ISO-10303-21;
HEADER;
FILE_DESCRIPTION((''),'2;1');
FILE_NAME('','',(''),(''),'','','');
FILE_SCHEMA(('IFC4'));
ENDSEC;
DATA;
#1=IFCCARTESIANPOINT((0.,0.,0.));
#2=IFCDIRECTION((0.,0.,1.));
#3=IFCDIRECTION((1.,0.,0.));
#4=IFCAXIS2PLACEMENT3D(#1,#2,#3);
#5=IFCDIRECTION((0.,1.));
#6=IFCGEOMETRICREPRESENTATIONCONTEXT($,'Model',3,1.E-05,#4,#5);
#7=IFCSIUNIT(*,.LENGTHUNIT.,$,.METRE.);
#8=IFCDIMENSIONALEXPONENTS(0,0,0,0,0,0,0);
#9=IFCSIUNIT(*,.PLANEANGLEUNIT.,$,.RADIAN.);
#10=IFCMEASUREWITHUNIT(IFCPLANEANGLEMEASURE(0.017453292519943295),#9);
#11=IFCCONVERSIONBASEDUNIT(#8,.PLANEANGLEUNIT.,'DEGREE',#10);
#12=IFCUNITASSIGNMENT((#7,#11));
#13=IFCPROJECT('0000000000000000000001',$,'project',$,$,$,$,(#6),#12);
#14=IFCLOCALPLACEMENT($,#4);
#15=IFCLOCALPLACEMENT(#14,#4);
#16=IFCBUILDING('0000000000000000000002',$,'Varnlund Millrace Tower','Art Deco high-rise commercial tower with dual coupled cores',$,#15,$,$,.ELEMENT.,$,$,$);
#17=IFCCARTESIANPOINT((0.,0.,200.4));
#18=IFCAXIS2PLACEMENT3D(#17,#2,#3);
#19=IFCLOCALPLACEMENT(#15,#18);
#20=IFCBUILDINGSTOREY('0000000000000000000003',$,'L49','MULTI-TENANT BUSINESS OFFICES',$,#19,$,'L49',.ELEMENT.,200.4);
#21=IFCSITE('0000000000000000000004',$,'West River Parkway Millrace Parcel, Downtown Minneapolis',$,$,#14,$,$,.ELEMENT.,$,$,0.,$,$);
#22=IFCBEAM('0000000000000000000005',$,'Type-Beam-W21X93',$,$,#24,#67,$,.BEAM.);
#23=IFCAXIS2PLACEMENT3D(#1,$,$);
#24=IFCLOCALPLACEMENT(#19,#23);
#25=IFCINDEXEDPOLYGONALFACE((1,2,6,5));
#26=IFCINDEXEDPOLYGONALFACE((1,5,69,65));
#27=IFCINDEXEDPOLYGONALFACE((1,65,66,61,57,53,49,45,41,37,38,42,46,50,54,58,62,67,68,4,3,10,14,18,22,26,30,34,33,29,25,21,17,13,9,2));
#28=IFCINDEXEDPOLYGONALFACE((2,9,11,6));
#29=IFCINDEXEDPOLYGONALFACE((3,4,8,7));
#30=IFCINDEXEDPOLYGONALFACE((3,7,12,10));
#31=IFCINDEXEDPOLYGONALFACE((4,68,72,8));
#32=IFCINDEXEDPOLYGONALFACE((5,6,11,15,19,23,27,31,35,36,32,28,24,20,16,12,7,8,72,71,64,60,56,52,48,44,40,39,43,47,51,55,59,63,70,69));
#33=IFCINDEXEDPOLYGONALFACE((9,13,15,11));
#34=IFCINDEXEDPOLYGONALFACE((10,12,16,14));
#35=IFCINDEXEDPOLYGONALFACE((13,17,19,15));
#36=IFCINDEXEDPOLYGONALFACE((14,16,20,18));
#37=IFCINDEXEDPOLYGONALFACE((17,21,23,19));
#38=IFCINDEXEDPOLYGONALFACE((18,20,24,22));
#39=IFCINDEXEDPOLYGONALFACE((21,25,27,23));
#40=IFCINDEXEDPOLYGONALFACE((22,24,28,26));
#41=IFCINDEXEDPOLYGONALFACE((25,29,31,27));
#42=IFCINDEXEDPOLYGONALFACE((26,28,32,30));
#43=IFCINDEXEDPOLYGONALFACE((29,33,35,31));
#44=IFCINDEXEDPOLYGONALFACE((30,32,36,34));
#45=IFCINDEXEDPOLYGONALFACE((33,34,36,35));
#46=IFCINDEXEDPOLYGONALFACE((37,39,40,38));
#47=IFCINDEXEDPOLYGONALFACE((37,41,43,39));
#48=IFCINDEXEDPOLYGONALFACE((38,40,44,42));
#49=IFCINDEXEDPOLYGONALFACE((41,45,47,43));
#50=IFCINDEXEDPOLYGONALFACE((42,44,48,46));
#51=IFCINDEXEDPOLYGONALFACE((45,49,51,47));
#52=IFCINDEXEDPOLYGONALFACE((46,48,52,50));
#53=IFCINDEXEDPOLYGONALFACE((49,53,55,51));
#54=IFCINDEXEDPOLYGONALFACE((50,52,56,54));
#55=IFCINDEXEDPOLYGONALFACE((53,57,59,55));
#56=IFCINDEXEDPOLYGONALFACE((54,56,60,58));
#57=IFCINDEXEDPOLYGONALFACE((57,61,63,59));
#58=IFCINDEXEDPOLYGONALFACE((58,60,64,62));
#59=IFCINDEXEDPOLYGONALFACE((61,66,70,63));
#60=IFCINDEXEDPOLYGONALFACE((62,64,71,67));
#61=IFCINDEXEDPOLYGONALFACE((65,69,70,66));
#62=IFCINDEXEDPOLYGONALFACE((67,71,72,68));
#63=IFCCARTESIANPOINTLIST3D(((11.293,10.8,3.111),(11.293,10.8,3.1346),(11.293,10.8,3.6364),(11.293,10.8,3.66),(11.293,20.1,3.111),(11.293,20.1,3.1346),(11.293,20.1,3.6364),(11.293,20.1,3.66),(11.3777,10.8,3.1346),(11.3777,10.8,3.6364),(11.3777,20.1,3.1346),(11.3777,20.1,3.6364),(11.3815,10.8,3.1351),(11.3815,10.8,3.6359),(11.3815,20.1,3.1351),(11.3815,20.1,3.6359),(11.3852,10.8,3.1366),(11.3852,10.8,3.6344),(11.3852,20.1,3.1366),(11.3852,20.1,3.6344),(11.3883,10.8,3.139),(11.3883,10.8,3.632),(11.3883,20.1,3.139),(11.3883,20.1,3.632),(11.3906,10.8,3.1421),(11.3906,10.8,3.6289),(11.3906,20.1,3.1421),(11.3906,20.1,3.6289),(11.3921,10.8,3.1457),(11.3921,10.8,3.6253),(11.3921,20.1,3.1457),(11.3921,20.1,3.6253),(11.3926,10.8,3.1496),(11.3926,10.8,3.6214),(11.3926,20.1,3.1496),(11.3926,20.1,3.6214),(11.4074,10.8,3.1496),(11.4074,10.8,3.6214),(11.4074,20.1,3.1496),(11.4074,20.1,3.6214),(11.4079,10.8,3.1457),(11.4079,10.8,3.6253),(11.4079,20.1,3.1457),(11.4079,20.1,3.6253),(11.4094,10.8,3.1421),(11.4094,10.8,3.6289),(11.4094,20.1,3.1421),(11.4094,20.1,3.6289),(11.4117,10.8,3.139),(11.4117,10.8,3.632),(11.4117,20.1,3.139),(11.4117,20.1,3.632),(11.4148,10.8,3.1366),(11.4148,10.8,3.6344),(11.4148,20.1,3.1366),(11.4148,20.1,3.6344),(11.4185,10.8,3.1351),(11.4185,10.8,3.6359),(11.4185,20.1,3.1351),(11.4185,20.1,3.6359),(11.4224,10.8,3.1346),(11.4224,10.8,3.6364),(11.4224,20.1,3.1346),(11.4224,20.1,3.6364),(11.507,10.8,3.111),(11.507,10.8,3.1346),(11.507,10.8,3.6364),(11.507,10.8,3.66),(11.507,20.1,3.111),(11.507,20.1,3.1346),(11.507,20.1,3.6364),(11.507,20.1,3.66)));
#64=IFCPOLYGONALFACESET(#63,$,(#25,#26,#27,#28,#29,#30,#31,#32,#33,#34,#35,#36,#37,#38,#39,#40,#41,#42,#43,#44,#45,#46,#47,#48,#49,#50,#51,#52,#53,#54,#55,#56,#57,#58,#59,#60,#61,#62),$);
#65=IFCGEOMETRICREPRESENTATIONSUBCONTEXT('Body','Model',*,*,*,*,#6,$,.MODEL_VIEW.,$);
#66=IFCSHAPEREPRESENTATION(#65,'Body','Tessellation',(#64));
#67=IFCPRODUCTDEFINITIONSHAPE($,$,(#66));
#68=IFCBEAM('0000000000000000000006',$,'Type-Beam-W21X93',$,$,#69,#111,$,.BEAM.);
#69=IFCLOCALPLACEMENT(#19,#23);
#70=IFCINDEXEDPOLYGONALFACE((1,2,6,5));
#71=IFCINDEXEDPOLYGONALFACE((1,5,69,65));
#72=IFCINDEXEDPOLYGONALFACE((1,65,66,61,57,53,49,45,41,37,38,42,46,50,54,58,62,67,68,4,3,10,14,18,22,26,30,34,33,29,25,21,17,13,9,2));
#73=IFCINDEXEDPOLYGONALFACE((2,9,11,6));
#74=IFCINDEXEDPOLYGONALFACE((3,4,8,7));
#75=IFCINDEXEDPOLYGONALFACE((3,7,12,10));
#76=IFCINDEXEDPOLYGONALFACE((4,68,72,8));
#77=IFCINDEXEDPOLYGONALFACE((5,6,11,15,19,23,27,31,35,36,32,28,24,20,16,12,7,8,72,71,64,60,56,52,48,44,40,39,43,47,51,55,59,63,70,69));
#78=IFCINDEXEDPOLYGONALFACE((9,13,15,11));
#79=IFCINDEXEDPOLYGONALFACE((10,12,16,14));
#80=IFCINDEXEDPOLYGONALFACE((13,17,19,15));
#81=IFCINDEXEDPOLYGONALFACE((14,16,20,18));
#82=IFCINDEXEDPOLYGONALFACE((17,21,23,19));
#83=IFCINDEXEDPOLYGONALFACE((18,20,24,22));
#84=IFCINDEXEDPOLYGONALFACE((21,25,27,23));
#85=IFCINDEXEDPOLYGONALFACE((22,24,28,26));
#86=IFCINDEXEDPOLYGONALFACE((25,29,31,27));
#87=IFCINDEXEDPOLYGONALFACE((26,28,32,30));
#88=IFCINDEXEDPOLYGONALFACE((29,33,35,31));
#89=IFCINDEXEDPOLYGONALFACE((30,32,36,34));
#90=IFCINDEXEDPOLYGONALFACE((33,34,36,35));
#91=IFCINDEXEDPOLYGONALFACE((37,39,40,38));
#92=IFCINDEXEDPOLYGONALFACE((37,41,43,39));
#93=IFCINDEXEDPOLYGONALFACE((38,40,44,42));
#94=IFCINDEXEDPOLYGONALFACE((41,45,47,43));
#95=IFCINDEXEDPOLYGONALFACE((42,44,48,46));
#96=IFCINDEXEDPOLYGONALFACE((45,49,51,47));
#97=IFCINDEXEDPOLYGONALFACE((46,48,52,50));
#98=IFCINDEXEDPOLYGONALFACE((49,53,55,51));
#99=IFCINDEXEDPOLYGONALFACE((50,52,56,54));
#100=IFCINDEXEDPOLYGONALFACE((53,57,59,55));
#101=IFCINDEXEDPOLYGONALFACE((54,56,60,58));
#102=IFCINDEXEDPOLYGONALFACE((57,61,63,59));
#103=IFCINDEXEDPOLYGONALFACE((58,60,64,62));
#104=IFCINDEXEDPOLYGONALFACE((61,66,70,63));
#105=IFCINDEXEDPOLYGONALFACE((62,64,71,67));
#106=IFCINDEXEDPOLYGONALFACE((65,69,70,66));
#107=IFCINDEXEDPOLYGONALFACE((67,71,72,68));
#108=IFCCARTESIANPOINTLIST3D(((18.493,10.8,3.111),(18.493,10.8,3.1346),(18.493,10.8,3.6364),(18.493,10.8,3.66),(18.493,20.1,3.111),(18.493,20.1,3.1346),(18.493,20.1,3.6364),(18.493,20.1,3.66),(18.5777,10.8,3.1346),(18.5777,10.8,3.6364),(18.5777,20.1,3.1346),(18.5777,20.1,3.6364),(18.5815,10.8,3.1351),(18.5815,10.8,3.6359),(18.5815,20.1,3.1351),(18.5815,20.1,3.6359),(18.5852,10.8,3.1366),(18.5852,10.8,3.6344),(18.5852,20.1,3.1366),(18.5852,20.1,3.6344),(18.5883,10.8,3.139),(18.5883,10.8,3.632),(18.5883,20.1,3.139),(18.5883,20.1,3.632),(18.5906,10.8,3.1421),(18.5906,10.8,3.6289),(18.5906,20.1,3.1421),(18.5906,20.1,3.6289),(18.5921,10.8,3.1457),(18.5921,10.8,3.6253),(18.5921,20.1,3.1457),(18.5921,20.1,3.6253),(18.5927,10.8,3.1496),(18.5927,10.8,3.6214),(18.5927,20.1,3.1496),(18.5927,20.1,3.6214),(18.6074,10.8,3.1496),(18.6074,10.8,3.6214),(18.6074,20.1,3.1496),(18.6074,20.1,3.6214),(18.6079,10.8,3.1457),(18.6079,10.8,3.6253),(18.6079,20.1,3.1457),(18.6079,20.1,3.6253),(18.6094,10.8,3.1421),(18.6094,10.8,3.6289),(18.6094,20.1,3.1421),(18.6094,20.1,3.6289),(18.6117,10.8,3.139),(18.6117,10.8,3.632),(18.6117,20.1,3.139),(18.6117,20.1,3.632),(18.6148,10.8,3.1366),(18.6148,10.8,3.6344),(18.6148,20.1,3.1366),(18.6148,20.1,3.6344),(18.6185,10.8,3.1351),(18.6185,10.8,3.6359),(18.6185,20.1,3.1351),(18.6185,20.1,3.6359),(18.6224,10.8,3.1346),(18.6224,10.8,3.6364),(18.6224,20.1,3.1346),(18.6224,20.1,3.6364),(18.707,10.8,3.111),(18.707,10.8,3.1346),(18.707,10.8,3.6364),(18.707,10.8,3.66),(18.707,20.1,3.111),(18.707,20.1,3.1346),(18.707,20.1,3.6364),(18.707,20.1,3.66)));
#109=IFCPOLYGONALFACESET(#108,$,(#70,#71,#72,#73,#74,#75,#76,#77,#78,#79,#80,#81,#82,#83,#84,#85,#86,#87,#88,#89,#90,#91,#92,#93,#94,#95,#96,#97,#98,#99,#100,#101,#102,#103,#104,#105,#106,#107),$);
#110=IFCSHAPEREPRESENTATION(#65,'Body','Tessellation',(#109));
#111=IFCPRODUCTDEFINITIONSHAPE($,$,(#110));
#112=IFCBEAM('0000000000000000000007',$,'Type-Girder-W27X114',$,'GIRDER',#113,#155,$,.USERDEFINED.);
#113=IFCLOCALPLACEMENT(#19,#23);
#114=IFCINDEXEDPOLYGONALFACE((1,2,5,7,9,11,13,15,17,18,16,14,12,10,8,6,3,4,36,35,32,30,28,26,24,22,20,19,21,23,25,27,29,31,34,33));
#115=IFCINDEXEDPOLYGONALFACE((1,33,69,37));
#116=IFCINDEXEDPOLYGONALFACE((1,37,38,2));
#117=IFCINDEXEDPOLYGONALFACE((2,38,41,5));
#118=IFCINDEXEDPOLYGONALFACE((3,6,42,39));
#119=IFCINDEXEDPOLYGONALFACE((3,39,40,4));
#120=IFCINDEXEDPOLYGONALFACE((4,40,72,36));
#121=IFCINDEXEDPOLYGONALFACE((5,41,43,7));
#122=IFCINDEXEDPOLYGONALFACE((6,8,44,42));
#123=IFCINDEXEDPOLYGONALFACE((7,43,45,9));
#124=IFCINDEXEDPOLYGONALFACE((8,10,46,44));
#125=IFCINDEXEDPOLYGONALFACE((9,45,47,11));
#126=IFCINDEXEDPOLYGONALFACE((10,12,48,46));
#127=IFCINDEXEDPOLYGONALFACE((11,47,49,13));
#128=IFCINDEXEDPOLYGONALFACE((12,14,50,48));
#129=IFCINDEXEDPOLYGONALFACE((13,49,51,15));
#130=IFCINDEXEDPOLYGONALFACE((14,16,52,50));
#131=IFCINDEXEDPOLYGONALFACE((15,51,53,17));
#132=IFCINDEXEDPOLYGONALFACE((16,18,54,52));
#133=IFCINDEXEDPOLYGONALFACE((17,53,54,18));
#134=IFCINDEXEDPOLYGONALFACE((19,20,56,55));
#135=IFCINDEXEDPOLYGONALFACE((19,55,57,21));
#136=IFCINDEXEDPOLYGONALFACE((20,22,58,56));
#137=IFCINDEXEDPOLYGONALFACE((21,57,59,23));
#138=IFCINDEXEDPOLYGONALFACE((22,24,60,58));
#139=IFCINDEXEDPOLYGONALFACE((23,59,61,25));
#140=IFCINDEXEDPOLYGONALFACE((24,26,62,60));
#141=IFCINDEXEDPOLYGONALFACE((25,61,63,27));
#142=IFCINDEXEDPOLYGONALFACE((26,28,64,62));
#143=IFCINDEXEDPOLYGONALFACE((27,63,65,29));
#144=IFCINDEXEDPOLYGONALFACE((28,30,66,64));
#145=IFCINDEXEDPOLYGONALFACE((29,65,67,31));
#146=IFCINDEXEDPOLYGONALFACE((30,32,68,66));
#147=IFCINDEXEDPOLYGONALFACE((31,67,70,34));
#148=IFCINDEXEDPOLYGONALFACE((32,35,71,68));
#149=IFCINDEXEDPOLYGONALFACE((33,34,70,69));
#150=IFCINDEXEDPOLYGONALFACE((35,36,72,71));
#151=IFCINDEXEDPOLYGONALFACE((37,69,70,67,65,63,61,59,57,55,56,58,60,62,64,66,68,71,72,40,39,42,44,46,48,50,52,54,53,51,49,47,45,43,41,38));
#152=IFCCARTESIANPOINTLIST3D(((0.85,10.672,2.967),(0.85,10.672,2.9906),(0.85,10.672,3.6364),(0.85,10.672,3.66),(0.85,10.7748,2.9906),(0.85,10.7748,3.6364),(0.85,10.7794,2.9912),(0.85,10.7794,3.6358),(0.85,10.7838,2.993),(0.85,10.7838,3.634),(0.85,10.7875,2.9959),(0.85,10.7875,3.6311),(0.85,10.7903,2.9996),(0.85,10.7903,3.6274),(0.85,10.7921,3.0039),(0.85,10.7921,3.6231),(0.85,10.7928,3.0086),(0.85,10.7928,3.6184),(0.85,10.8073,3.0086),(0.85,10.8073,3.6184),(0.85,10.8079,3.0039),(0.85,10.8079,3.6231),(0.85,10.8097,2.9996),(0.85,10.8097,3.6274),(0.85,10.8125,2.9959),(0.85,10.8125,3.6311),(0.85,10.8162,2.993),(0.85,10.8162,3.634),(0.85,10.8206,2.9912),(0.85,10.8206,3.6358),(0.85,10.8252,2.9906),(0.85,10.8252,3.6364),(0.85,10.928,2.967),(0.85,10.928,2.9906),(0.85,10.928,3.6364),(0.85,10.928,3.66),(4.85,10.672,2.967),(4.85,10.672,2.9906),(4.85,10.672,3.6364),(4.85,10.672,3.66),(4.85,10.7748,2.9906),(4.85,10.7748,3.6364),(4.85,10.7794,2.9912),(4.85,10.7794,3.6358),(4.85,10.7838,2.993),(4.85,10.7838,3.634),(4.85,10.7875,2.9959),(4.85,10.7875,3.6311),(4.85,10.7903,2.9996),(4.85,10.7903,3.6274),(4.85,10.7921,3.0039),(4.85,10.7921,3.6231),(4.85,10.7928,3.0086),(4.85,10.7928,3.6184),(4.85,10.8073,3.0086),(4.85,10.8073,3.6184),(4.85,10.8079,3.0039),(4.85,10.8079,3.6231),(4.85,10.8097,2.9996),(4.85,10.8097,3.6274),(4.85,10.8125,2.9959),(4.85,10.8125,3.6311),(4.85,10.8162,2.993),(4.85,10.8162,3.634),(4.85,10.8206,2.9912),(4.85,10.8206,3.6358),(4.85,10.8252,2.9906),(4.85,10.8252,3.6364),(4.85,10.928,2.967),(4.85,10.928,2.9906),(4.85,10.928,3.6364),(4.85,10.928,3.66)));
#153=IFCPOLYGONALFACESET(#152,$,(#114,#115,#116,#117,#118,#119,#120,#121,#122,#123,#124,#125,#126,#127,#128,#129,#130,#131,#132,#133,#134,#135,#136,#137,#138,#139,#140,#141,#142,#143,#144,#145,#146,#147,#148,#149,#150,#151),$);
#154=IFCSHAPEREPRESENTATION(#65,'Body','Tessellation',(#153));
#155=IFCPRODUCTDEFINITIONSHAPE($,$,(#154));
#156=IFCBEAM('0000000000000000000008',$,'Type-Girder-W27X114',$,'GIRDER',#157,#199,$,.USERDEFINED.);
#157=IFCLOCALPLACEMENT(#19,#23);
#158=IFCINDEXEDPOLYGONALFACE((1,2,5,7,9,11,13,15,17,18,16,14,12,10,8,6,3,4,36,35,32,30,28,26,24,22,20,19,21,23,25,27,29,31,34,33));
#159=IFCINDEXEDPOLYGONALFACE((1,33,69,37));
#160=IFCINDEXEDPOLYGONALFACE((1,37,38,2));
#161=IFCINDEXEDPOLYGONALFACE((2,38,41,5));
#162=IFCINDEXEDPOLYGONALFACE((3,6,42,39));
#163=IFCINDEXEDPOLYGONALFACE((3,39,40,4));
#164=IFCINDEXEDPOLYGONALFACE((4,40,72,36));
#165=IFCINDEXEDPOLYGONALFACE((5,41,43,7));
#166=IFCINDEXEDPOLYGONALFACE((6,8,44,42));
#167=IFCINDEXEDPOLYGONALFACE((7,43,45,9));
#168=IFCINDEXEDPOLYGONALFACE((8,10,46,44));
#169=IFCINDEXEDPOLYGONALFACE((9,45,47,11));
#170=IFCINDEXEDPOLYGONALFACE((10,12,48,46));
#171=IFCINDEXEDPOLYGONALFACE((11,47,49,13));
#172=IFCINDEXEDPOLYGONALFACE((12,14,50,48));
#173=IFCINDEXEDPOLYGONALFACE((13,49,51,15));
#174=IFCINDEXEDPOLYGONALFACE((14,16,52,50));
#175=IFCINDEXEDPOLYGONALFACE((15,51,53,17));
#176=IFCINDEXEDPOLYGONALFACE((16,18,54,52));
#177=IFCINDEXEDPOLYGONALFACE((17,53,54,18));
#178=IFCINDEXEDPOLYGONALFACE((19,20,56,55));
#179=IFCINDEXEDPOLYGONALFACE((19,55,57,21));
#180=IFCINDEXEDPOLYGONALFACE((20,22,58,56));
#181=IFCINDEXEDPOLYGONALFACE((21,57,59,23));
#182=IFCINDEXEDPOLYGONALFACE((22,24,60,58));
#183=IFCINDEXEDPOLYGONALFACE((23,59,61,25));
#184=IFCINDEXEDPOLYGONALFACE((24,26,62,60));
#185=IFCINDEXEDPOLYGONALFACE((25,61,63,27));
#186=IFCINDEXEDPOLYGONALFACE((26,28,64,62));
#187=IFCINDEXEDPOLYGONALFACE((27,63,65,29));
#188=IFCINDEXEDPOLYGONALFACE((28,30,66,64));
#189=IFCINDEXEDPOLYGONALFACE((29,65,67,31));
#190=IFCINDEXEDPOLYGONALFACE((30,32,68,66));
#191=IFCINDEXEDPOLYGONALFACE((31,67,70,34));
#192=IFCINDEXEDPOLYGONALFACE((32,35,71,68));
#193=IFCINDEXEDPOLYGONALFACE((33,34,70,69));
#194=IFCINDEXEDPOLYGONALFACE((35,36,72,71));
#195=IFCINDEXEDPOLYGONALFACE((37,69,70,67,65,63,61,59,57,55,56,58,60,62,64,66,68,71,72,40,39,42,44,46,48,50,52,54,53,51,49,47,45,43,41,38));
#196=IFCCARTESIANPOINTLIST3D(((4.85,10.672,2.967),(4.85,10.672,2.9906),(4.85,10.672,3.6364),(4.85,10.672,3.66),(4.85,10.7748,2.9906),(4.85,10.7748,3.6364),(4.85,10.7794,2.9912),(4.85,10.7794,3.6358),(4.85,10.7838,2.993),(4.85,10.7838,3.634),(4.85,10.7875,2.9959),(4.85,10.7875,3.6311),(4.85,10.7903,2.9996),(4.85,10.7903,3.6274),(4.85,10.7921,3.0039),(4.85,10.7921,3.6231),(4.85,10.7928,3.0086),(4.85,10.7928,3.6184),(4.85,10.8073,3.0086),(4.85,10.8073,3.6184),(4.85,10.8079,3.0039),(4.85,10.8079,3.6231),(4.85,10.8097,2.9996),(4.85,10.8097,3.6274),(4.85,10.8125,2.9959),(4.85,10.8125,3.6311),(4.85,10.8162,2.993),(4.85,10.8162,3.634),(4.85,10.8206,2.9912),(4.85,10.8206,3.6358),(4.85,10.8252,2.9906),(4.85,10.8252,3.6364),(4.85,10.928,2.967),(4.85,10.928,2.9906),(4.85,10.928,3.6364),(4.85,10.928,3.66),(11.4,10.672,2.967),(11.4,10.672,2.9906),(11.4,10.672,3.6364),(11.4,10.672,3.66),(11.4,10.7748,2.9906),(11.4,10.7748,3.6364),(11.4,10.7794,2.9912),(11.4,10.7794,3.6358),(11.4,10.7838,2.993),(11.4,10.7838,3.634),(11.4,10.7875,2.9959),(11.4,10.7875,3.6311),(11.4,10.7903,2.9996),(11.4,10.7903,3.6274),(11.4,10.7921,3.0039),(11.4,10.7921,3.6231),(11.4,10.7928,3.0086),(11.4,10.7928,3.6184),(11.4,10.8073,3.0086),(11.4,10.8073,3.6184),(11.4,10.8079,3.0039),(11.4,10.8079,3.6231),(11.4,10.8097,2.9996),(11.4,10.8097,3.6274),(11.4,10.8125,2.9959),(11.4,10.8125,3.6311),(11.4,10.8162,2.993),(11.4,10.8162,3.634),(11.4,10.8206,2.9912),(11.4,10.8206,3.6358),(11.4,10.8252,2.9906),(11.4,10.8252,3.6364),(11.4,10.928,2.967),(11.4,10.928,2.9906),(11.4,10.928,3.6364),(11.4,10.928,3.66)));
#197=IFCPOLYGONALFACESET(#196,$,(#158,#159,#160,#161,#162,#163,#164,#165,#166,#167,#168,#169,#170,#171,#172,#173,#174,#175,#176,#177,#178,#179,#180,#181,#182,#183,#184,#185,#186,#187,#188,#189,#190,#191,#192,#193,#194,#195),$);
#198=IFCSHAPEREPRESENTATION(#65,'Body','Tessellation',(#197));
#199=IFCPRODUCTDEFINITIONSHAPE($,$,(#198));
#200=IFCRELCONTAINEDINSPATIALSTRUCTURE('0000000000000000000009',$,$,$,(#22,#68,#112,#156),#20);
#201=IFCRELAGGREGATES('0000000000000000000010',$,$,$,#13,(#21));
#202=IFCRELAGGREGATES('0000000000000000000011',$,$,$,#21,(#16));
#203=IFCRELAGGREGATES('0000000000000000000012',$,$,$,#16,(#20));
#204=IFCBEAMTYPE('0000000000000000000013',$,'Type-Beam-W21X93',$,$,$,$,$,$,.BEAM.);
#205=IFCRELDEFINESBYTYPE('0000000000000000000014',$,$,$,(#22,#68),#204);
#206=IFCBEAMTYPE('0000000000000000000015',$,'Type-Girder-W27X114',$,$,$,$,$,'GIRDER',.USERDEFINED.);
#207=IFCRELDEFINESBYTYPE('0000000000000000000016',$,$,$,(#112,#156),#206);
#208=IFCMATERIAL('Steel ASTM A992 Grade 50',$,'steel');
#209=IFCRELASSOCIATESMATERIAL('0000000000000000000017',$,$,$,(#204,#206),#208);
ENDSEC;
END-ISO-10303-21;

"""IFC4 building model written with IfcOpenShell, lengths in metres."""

from ifc_helpers import new_model, entity, si_unit, converted_unit, direction, frame, origin_with_axes, origin_2d_with_axis, place, context, subcontext, project, spatial, i_section, extrude, material, material_profile, profile_set, type_object, element, save


model = new_model("IFC4")

# Units and contexts
model_context = context("Model", 3, precision=1e-05, world=origin_with_axes(), true_north=direction((0.0, 1.0)))
body_context = subcontext(model_context, "Body", "Model", "MODEL_VIEW")
ifc_project = project(units=[si_unit("LENGTHUNIT", "METRE"), converted_unit("PLANEANGLEUNIT", "DEGREE", entity("IfcPlaneAngleMeasure", 0.017453292519943295), si_unit("PLANEANGLEUNIT", "RADIAN"), dimensions=[0, 0, 0, 0, 0, 0, 0])], contexts=[model_context])

# Site, building, storey
site_placement = place(None, origin_with_axes())
site = spatial("IfcSite", under=ifc_project, at=site_placement, Name="West River Parkway Millrace Parcel, Downtown Minneapolis", CompositionType="ELEMENT", RefElevation=0.0)
building_placement = place(site_placement, origin_with_axes())
building = spatial("IfcBuilding", under=site, at=building_placement, Name="Varnlund Millrace Tower", Description="Art Deco high-rise commercial tower with dual coupled cores", CompositionType="ELEMENT")
storey_placement = place(building_placement, frame((0.0, 0.0, 200.4), z_axis=(0.0, 0.0, 1.0), x_axis=(1.0, 0.0, 0.0)))
storey = spatial("IfcBuildingStorey", under=building, at=storey_placement, Name="L49", Description="MULTI-TENANT BUSINESS OFFICES", LongName="L49", CompositionType="ELEMENT", Elevation=200.4)

# Beams
ifc_material_1 = material(Name="Steel ASTM A992 Grade 50", Category="steel")
ifc_material_profile_1 = material_profile(ifc_material_1, i_section(OverallWidth=0.214, OverallDepth=0.549, WebThickness=0.0147, FlangeThickness=0.0236, FilletRadius=0.015, at=origin_2d_with_axis()), Name="Steel ASTM A992 Grade 50")
ifc_profile_set_1 = profile_set([ifc_material_profile_1], Name="Steel ASTM A992 Grade 50")
beam_type_1 = type_object("IfcBeamType", Name="Type-Beam-W21X93", PredefinedType="BEAM", material=ifc_profile_set_1)
for number, where, z_axis, x_axis, name in (
    (1, (11.4, 10.8, 3.3855), (0.0, 1.0, 0.0), (-1.0, 0.0, 0.0), "Type-Beam-W21X93"),
    (2, (18.6, 10.8, 3.3855), (0.0, 1.0, 0.0), (-1.0, 0.0, 0.0), "Type-Beam-W21X93"),
):
    element("IfcBeam", number, at=place(storey_placement, frame(where, z_axis=z_axis, x_axis=x_axis)), inside=storey, type_object=beam_type_1, Name=name, PredefinedType="BEAM", context=body_context, shape_type="SweptSolid", body=[
        extrude(i_section(OverallWidth=0.214, OverallDepth=0.549, WebThickness=0.0147, FlangeThickness=0.0236, FilletRadius=0.015, at=origin_2d_with_axis()), origin_with_axes(), (0.0, 0.0, 1.0), 9.3),
    ])
ifc_material_profile_2 = material_profile(ifc_material_1, i_section(OverallWidth=0.256, OverallDepth=0.693, WebThickness=0.0145, FlangeThickness=0.0236, FilletRadius=0.018, at=origin_2d_with_axis()), Name="Steel ASTM A992 Grade 50")
ifc_profile_set_2 = profile_set([ifc_material_profile_2], Name="Steel ASTM A992 Grade 50")
beam_type_2 = type_object("IfcBeamType", Name="Type-Girder-W27X114", ElementType="GIRDER", PredefinedType="USERDEFINED", material=ifc_profile_set_2)
beam_1_placement = place(storey_placement, frame((0.85, 10.8, 3.3135), z_axis=(1.0, 0.0, 0.0), x_axis=(0.0, 1.0, 0.0)))
element("IfcBeam", 3, at=beam_1_placement, inside=storey, type_object=beam_type_2, Name="Type-Girder-W27X114", ObjectType="GIRDER", PredefinedType="USERDEFINED", context=body_context, shape_type="SweptSolid", body=[
    extrude(i_section(OverallWidth=0.256, OverallDepth=0.693, WebThickness=0.0145, FlangeThickness=0.0236, FilletRadius=0.018, at=origin_2d_with_axis()), origin_with_axes(), (0.0, 0.0, 1.0), 4.0),
])
beam_2_placement = place(storey_placement, frame((4.85, 10.8, 3.3135), z_axis=(1.0, 0.0, 0.0), x_axis=(0.0, 1.0, 0.0)))
element("IfcBeam", 4, at=beam_2_placement, inside=storey, type_object=beam_type_2, Name="Type-Girder-W27X114", ObjectType="GIRDER", PredefinedType="USERDEFINED", context=body_context, shape_type="SweptSolid", body=[
    extrude(i_section(OverallWidth=0.256, OverallDepth=0.693, WebThickness=0.0145, FlangeThickness=0.0236, FilletRadius=0.018, at=origin_2d_with_axis()), origin_with_axes(), (0.0, 0.0, 1.0), 6.55),
])

save(model, "model.ifc")
